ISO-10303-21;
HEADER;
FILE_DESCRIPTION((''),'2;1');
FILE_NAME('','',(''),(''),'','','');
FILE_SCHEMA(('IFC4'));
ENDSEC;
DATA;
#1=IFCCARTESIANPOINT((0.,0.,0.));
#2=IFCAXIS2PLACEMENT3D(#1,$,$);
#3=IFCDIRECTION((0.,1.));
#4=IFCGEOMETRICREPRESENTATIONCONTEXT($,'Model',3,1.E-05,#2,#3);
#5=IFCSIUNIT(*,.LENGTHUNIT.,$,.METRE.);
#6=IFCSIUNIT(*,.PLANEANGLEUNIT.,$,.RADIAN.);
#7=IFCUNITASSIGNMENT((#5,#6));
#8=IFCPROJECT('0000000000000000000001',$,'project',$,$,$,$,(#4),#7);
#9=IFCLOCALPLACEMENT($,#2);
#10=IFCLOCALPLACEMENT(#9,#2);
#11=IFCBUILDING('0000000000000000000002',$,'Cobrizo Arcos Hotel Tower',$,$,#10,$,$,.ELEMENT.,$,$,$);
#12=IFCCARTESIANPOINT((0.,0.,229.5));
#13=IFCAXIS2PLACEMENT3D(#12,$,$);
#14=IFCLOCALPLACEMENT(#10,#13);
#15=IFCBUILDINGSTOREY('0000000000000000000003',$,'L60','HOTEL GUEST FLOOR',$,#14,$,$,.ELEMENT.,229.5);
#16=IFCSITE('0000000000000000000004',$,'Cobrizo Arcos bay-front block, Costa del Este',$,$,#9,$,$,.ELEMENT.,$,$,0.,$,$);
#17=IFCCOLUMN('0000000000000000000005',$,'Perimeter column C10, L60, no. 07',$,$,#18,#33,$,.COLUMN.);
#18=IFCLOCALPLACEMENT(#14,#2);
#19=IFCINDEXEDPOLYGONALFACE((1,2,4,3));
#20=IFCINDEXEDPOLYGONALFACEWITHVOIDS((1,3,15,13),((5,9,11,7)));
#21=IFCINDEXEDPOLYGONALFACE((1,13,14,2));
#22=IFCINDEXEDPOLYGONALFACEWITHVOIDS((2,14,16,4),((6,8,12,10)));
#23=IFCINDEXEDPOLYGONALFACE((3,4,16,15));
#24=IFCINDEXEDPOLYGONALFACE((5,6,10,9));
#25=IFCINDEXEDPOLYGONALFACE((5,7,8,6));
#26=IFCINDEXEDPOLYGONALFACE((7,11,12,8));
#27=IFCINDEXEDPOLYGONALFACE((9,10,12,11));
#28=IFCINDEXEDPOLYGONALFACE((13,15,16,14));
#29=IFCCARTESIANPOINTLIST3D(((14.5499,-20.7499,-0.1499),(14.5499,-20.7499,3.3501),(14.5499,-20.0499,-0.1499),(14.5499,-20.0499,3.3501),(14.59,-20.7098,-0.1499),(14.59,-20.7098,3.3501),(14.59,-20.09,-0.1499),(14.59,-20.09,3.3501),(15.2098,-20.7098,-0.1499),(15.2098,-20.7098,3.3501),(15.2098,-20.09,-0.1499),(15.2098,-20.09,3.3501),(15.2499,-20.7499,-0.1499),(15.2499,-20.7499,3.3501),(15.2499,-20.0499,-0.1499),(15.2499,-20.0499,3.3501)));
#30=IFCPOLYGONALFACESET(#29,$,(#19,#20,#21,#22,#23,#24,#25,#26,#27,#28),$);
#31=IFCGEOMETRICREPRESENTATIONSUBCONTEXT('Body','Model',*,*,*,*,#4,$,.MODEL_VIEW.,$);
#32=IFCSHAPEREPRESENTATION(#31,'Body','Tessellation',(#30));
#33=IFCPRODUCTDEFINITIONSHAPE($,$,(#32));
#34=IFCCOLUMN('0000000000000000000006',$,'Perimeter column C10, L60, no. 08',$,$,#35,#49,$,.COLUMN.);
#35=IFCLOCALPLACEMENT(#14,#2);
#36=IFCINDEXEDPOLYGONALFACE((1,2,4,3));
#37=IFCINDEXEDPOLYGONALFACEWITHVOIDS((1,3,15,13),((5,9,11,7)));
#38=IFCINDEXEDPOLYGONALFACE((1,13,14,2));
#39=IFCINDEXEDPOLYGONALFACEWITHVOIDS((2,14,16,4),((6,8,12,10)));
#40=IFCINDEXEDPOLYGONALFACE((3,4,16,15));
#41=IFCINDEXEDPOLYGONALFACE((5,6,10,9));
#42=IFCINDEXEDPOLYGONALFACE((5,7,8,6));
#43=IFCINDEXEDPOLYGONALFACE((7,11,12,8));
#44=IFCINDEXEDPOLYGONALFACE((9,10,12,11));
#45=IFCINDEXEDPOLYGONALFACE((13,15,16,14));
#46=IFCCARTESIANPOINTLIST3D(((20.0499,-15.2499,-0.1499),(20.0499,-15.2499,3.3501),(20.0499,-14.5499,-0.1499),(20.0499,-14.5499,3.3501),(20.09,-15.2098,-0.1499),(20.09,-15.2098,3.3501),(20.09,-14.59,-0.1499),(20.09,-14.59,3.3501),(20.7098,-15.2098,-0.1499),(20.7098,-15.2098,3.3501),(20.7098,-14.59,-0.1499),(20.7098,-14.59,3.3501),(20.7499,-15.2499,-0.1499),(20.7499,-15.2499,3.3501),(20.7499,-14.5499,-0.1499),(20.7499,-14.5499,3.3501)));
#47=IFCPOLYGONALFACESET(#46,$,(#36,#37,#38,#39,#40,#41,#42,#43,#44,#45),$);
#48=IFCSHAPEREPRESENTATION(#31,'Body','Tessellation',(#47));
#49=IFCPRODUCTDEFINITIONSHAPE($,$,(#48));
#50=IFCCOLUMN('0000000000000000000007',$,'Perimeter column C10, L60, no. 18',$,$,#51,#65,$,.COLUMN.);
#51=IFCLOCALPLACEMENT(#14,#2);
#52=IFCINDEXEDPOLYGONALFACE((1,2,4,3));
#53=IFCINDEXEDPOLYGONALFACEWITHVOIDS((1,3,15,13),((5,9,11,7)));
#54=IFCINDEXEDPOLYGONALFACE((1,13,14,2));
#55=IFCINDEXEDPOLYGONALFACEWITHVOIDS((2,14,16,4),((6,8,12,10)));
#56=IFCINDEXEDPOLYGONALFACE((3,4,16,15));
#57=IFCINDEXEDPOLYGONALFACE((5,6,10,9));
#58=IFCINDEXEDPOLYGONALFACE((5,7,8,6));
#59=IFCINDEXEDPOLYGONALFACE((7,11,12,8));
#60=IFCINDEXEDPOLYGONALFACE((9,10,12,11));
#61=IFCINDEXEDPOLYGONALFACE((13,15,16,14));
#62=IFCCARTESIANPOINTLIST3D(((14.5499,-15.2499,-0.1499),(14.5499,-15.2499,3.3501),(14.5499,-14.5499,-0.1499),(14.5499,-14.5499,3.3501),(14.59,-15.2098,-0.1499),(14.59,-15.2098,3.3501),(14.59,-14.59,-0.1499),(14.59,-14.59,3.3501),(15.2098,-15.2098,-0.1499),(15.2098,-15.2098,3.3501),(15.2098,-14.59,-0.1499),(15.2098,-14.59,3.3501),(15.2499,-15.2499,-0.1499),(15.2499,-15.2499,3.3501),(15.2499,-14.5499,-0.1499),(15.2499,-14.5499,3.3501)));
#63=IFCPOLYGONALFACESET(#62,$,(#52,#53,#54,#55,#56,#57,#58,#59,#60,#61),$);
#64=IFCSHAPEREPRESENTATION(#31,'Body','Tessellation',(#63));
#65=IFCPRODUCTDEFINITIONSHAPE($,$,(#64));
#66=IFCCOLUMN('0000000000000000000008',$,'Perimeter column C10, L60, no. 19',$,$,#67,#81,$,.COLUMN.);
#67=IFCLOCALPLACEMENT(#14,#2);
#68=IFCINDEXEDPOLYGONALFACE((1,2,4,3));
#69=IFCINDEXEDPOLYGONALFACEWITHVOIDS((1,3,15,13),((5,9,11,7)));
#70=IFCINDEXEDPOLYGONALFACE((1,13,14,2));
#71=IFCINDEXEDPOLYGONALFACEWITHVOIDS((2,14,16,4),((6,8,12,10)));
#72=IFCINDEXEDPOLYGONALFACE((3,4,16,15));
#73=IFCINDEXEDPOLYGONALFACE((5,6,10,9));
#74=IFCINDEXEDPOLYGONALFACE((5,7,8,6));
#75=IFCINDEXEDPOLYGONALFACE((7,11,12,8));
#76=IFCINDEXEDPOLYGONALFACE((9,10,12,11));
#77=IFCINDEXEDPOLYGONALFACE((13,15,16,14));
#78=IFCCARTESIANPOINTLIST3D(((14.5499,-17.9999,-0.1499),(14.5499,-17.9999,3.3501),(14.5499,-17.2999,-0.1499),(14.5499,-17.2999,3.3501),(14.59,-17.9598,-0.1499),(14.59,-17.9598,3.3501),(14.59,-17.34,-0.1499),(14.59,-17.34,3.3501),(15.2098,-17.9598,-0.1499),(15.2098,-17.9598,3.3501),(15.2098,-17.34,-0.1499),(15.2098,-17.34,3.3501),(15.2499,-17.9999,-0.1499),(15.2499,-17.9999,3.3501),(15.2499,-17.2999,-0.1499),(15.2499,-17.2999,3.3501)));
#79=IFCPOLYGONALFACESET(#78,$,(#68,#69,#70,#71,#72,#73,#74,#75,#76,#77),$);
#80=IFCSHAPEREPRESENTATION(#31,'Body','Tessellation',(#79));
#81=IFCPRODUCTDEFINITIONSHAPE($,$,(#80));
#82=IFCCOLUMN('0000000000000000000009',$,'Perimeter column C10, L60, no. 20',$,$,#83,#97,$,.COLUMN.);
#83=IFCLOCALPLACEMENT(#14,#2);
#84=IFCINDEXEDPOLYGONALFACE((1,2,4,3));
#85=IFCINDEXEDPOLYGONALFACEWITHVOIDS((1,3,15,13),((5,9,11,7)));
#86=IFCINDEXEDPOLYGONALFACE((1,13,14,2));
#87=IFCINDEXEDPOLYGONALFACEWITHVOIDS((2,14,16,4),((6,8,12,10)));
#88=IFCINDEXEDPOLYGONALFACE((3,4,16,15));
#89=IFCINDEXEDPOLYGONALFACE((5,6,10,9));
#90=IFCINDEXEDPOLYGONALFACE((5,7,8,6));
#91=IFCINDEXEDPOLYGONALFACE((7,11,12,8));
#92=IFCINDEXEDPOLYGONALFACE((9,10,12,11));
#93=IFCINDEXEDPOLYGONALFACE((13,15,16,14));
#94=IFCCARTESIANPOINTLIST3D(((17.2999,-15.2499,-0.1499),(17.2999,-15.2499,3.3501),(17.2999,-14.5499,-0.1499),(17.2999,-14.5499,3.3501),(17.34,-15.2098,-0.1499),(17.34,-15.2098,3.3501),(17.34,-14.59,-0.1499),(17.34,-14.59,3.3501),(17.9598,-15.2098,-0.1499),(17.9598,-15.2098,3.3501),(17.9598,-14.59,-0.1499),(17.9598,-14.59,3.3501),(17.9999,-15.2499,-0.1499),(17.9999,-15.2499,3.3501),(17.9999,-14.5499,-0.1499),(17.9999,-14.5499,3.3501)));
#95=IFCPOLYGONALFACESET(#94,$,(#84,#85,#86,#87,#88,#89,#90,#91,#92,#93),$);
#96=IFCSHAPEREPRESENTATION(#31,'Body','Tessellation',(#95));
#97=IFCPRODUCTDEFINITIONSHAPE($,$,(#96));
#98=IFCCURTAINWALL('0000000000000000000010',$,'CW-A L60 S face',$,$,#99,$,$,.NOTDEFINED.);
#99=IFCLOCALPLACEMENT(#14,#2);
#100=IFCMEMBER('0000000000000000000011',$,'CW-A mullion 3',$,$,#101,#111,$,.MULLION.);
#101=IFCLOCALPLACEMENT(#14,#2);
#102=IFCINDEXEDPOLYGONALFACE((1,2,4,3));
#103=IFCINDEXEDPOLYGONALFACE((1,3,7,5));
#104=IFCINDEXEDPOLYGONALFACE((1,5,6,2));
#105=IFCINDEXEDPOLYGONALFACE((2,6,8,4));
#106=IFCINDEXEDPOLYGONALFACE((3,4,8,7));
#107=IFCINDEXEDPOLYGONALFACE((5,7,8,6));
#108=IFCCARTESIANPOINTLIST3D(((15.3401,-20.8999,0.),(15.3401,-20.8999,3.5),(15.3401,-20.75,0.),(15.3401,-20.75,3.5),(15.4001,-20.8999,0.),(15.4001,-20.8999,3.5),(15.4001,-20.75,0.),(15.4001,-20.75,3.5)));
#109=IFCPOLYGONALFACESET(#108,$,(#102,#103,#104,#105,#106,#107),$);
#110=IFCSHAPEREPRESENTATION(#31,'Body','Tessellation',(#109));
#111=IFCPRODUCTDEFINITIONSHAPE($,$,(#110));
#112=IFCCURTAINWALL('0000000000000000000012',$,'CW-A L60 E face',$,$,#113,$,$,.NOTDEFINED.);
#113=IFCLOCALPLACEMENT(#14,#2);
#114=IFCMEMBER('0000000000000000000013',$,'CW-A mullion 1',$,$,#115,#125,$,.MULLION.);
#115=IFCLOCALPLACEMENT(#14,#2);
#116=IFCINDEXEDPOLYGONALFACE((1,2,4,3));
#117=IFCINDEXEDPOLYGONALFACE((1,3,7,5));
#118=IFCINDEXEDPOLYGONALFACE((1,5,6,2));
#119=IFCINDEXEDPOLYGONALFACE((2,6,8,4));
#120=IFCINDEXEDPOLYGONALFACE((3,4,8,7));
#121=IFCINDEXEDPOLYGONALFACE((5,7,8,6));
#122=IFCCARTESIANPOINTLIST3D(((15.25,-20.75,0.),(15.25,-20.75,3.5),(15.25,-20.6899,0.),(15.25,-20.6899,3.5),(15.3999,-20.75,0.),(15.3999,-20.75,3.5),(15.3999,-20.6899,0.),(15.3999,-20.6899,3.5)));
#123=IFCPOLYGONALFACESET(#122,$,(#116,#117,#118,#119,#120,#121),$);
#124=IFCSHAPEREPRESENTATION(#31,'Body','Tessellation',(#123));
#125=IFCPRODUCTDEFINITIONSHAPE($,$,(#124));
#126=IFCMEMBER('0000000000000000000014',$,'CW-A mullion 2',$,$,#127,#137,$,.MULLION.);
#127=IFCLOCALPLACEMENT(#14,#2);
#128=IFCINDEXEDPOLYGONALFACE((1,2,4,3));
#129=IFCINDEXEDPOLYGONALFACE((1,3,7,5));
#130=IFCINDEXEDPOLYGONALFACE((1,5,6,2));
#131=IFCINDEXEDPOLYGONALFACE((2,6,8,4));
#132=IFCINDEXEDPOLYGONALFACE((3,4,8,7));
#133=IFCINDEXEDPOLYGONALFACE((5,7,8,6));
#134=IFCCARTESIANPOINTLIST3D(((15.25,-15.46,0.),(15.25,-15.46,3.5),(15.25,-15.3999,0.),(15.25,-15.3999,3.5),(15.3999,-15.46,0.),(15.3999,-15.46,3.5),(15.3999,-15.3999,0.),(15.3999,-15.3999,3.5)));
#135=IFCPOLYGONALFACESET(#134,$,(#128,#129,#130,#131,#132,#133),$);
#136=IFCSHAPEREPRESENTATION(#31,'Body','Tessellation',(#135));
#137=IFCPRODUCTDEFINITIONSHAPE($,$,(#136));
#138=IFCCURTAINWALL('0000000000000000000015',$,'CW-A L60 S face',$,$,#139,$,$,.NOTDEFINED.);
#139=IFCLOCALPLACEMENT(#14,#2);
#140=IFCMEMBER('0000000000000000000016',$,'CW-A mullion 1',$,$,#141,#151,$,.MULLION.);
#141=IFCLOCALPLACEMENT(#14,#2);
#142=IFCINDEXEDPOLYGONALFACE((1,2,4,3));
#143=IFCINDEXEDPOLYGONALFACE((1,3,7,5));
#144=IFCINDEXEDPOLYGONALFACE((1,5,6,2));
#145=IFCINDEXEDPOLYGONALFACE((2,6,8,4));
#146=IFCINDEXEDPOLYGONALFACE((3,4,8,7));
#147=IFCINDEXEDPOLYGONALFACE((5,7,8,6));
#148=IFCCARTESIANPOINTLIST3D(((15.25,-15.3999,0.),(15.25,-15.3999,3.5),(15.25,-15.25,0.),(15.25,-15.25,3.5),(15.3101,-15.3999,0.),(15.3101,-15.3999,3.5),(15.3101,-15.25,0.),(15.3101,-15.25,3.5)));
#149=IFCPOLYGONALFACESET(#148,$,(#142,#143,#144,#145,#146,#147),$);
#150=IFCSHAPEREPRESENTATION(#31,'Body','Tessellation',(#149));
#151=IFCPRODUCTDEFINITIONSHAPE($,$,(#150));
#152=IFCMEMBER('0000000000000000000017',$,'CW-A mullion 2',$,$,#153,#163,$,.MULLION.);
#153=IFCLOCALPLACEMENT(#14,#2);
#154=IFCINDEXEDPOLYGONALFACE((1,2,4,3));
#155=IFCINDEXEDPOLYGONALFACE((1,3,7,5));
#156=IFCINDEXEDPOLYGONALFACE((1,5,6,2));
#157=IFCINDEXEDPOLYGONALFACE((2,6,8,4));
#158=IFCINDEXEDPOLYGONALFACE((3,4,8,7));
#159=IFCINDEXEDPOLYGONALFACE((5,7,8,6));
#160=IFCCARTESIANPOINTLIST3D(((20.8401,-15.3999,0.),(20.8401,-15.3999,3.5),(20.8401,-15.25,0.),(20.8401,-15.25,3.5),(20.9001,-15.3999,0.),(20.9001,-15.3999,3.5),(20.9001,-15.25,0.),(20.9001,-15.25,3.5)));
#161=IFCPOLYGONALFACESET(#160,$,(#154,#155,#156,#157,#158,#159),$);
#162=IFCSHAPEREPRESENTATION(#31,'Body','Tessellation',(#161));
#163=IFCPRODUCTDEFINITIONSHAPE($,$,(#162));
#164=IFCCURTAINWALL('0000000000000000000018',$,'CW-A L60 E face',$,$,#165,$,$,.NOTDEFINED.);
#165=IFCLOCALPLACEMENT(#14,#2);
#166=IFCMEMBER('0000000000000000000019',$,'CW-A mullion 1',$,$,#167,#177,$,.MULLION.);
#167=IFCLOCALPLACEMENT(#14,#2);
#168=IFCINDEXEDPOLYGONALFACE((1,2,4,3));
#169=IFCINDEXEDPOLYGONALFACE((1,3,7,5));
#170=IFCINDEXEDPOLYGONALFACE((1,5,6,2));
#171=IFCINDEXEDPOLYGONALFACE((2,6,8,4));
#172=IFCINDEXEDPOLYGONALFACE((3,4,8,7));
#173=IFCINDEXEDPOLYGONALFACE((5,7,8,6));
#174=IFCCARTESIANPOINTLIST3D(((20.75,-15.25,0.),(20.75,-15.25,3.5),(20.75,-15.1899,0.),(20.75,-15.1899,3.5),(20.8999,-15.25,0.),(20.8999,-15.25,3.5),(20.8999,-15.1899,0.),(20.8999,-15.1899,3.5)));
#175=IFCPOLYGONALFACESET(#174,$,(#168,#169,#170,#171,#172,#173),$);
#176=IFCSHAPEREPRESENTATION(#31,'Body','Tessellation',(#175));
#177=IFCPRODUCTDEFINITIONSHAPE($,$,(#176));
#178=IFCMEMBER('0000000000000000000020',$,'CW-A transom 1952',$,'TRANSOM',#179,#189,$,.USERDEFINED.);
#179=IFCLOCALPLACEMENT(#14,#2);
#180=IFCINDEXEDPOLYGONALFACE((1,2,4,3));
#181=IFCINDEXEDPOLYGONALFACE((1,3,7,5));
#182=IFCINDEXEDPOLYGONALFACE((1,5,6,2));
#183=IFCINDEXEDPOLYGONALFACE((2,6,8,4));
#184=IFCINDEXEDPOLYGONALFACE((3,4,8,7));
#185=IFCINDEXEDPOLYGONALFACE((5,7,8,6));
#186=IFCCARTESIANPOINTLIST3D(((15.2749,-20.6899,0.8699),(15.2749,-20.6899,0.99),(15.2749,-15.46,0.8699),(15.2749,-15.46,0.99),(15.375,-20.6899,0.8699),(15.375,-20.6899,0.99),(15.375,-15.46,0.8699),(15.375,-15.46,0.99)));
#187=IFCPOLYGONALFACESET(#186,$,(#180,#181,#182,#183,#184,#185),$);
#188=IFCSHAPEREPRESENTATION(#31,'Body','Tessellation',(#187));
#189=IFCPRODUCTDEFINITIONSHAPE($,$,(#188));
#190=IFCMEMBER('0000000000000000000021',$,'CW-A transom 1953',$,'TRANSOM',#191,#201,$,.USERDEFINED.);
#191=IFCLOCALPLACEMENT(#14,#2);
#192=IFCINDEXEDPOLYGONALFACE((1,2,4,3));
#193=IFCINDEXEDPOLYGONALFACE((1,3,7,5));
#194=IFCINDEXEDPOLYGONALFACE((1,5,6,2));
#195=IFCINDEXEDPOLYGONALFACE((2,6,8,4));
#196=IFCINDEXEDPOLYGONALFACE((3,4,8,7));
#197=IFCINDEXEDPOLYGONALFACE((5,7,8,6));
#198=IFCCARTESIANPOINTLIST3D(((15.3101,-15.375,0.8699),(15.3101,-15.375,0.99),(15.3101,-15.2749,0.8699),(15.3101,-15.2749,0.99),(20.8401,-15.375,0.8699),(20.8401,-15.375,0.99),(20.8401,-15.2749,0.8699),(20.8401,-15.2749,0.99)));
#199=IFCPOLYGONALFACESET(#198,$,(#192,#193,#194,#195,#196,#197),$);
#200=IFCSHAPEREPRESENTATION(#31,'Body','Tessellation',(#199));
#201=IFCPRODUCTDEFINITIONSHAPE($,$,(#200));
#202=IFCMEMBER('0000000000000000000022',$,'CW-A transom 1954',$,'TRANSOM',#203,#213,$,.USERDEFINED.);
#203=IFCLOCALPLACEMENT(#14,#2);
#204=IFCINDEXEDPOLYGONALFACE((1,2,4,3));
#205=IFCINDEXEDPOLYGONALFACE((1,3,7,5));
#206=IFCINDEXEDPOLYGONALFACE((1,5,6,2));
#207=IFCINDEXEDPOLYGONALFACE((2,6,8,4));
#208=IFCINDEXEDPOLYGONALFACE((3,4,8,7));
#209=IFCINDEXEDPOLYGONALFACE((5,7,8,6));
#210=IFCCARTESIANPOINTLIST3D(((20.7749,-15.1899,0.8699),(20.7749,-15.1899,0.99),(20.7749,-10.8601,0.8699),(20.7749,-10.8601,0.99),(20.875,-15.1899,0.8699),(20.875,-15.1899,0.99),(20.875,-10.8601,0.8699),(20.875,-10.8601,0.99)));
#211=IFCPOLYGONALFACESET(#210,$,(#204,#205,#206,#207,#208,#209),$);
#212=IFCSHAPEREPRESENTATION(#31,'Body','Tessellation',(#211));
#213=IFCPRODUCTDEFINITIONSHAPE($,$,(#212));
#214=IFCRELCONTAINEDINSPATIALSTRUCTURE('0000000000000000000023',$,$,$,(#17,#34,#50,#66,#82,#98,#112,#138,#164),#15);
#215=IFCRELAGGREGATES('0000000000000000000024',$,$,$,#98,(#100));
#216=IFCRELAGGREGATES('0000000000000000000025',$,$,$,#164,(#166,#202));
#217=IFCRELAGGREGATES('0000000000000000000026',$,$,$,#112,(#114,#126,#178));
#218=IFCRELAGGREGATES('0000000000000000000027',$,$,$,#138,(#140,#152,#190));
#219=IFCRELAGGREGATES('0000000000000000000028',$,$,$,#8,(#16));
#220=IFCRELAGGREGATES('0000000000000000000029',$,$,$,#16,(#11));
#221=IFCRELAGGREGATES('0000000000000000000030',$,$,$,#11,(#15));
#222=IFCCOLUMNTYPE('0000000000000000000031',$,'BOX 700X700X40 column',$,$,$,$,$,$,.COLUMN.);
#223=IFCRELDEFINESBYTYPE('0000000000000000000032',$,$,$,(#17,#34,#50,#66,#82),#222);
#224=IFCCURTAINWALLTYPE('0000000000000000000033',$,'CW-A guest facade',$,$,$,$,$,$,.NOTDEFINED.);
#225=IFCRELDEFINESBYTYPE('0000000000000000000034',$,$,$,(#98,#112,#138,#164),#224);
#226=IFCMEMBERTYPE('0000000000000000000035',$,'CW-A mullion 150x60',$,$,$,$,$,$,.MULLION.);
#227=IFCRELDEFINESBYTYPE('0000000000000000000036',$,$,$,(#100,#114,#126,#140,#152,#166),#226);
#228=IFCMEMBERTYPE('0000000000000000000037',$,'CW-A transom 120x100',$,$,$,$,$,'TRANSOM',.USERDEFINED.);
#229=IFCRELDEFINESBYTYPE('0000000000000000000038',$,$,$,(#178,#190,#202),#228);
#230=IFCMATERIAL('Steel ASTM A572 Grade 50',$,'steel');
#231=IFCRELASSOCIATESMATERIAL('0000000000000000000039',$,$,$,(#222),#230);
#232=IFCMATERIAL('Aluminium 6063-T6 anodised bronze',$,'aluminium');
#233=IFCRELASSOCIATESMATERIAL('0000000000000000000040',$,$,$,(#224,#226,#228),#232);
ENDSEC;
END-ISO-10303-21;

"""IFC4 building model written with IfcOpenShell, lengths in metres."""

from ifc_helpers import new_model, si_unit, direction, frame, origin, origin_2d, place, context, subcontext, project, spatial, rectangle, hollow_rectangle, extrude, material, material_profile, profile_set, type_object, element, aggregate, save


model = new_model("IFC4")

# Units and contexts
model_context = context("Model", 3, precision=1e-05, world=origin(), true_north=direction((0.0, 1.0)))
body_context = subcontext(model_context, "Body", "Model", "MODEL_VIEW")
ifc_project = project(units=[si_unit("LENGTHUNIT", "METRE"), si_unit("PLANEANGLEUNIT", "RADIAN")], contexts=[model_context])

# Site, building, storey
site_placement = place(None, origin())
site = spatial("IfcSite", under=ifc_project, at=site_placement, Name="Cobrizo Arcos bay-front block, Costa del Este", CompositionType="ELEMENT", RefElevation=0.0)
building_placement = place(site_placement, origin())
building = spatial("IfcBuilding", under=site, at=building_placement, Name="Cobrizo Arcos Hotel Tower", CompositionType="ELEMENT")
storey_placement = place(building_placement, frame((0.0, 0.0, 229.5)))
storey = spatial("IfcBuildingStorey", under=building, at=storey_placement, Name="L60", Description="HOTEL GUEST FLOOR", CompositionType="ELEMENT", Elevation=229.5)

# Columns
ifc_material_1 = material(Name="Steel ASTM A572 Grade 50", Category="steel")
ifc_material_profile_1 = material_profile(ifc_material_1, hollow_rectangle(XDim=0.7, YDim=0.7, WallThickness=0.04, at=origin_2d()), Name="BOX 700X700X40")
ifc_profile_set_1 = profile_set([ifc_material_profile_1], Name="Steel ASTM A572 Grade 50")
column_type = type_object("IfcColumnType", Name="BOX 700X700X40 column", PredefinedType="COLUMN", material=ifc_profile_set_1)
for number, where, z_axis, x_axis, name in (
    (1, (14.8999, -20.3999, -0.1499), (0.0, 0.0, 1.0), (1.0, 0.0, 0.0), "Perimeter column C10, L60, no. 07"),
    (2, (20.3999, -14.8999, -0.1499), (0.0, 0.0, 1.0), (1.0, 0.0, 0.0), "Perimeter column C10, L60, no. 08"),
    (3, (14.8999, -14.8999, -0.1499), (0.0, 0.0, 1.0), (1.0, 0.0, 0.0), "Perimeter column C10, L60, no. 18"),
    (4, (14.8999, -17.6499, -0.1499), (0.0, 0.0, 1.0), (1.0, 0.0, 0.0), "Perimeter column C10, L60, no. 19"),
    (5, (17.6499, -14.8999, -0.1499), (0.0, 0.0, 1.0), (1.0, 0.0, 0.0), "Perimeter column C10, L60, no. 20"),
):
    element("IfcColumn", number, at=place(storey_placement, frame(where, z_axis=z_axis, x_axis=x_axis)), inside=storey, type_object=column_type, Name=name, PredefinedType="COLUMN", context=body_context, shape_type="SweptSolid", body=[
        extrude(hollow_rectangle(XDim=0.7, YDim=0.7, WallThickness=0.04, at=origin_2d()), origin(), (0.0, 0.0, 1.0), 3.5),
    ])

# Curtain wall, member
ifc_material_2 = material(Name="Aluminium 6063-T6 anodised bronze", Category="aluminium")
curtain_wall_type = type_object("IfcCurtainWallType", Name="CW-A guest facade", PredefinedType="NOTDEFINED", material=ifc_material_2)
curtain_wall_1_placement = place(storey_placement, origin())
curtain_wall_1 = element("IfcCurtainWall", 6, at=curtain_wall_1_placement, inside=storey, type_object=curtain_wall_type, Name="CW-A L60 S face", PredefinedType="NOTDEFINED")
ifc_material_profile_2 = material_profile(ifc_material_2, rectangle(XDim=0.1499, YDim=0.0601, at=origin_2d()), Name="CW-A mullion 150x60")
ifc_profile_set_2 = profile_set([ifc_material_profile_2], Name="Aluminium 6063-T6 anodised bronze")
member_type_1 = type_object("IfcMemberType", Name="CW-A mullion 150x60", PredefinedType="MULLION", material=ifc_profile_set_2)
member_1_placement = place(storey_placement, frame((15.3701, -20.825, 0.0), z_axis=(0.0, 0.0, 1.0), x_axis=(0.0, -1.0, 0.0)))
member_1 = element("IfcMember", 7, at=member_1_placement, type_object=member_type_1, Name="CW-A mullion 3", PredefinedType="MULLION", context=body_context, shape_type="SweptSolid", body=[
    extrude(rectangle(XDim=0.1499, YDim=0.0601, at=origin_2d()), origin(), (0.0, 0.0, 1.0), 3.5),
])
aggregate(curtain_wall_1, [member_1])

# Curtain walls, members
curtain_wall_2_placement = place(storey_placement, origin())
curtain_wall_2 = element("IfcCurtainWall", 8, at=curtain_wall_2_placement, inside=storey, type_object=curtain_wall_type, Name="CW-A L60 E face", PredefinedType="NOTDEFINED")
member_2_placement = place(storey_placement, frame((15.325, -20.72, 0.0), z_axis=(0.0, 0.0, 1.0), x_axis=(1.0, 0.0, 0.0)))
member_2 = element("IfcMember", 9, at=member_2_placement, type_object=member_type_1, Name="CW-A mullion 1", PredefinedType="MULLION", context=body_context, shape_type="SweptSolid", body=[
    extrude(rectangle(XDim=0.1499, YDim=0.0601, at=origin_2d()), origin(), (0.0, 0.0, 1.0), 3.5),
])
member_3_placement = place(storey_placement, frame((15.325, -15.4299, 0.0), z_axis=(0.0, 0.0, 1.0), x_axis=(1.0, 0.0, 0.0)))
member_3 = element("IfcMember", 10, at=member_3_placement, type_object=member_type_1, Name="CW-A mullion 2", PredefinedType="MULLION", context=body_context, shape_type="SweptSolid", body=[
    extrude(rectangle(XDim=0.1499, YDim=0.0601, at=origin_2d()), origin(), (0.0, 0.0, 1.0), 3.5),
])
curtain_wall_3_placement = place(storey_placement, origin())
curtain_wall_3 = element("IfcCurtainWall", 11, at=curtain_wall_3_placement, inside=storey, type_object=curtain_wall_type, Name="CW-A L60 S face", PredefinedType="NOTDEFINED")
member_4_placement = place(storey_placement, frame((15.28, -15.325, 0.0), z_axis=(0.0, 0.0, 1.0), x_axis=(0.0, -1.0, 0.0)))
member_4 = element("IfcMember", 12, at=member_4_placement, type_object=member_type_1, Name="CW-A mullion 1", PredefinedType="MULLION", context=body_context, shape_type="SweptSolid", body=[
    extrude(rectangle(XDim=0.1499, YDim=0.0601, at=origin_2d()), origin(), (0.0, 0.0, 1.0), 3.5),
])
member_5_placement = place(storey_placement, frame((20.8701, -15.325, 0.0), z_axis=(0.0, 0.0, 1.0), x_axis=(0.0, -1.0, 0.0)))
member_5 = element("IfcMember", 13, at=member_5_placement, type_object=member_type_1, Name="CW-A mullion 2", PredefinedType="MULLION", context=body_context, shape_type="SweptSolid", body=[
    extrude(rectangle(XDim=0.1499, YDim=0.0601, at=origin_2d()), origin(), (0.0, 0.0, 1.0), 3.5),
])

# Curtain wall, member
curtain_wall_4_placement = place(storey_placement, origin())
curtain_wall_4 = element("IfcCurtainWall", 14, at=curtain_wall_4_placement, inside=storey, type_object=curtain_wall_type, Name="CW-A L60 E face", PredefinedType="NOTDEFINED")
member_6_placement = place(storey_placement, frame((20.825, -15.22, 0.0), z_axis=(0.0, 0.0, 1.0), x_axis=(1.0, 0.0, 0.0)))
member_6 = element("IfcMember", 15, at=member_6_placement, type_object=member_type_1, Name="CW-A mullion 1", PredefinedType="MULLION", context=body_context, shape_type="SweptSolid", body=[
    extrude(rectangle(XDim=0.1499, YDim=0.0601, at=origin_2d()), origin(), (0.0, 0.0, 1.0), 3.5),
])

# Members
ifc_material_profile_3 = material_profile(ifc_material_2, rectangle(XDim=0.1001, YDim=0.1201, at=origin_2d()), Name="CW-A transom 120x100")
ifc_profile_set_3 = profile_set([ifc_material_profile_3], Name="Aluminium 6063-T6 anodised bronze")
member_type_2 = type_object("IfcMemberType", Name="CW-A transom 120x100", ElementType="TRANSOM", PredefinedType="USERDEFINED", material=ifc_profile_set_3)
member_7_placement = place(storey_placement, frame((15.325, -20.6899, 0.9299), z_axis=(0.0, 1.0, 0.0), x_axis=(-1.0, 0.0, 0.0)))
member_7 = element("IfcMember", 16, at=member_7_placement, type_object=member_type_2, Name="CW-A transom 1952", ObjectType="TRANSOM", PredefinedType="USERDEFINED", context=body_context, shape_type="SweptSolid", body=[
    extrude(rectangle(XDim=0.1001, YDim=0.1201, at=origin_2d()), origin(), (0.0, 0.0, 1.0), 5.23),
])
member_8_placement = place(storey_placement, frame((15.3101, -15.325, 0.9299), z_axis=(1.0, 0.0, 0.0), x_axis=(0.0, 1.0, 0.0)))
member_8 = element("IfcMember", 17, at=member_8_placement, type_object=member_type_2, Name="CW-A transom 1953", ObjectType="TRANSOM", PredefinedType="USERDEFINED", context=body_context, shape_type="SweptSolid", body=[
    extrude(rectangle(XDim=0.1001, YDim=0.1201, at=origin_2d()), origin(), (0.0, 0.0, 1.0), 5.53),
])
member_9_placement = place(storey_placement, frame((20.825, -15.1899, 0.9299), z_axis=(0.0, 1.0, 0.0), x_axis=(-1.0, 0.0, 0.0)))
member_9 = element("IfcMember", 18, at=member_9_placement, type_object=member_type_2, Name="CW-A transom 1954", ObjectType="TRANSOM", PredefinedType="USERDEFINED", context=body_context, shape_type="SweptSolid", body=[
    extrude(rectangle(XDim=0.1001, YDim=0.1201, at=origin_2d()), origin(), (0.0, 0.0, 1.0), 4.3298),
])
aggregate(curtain_wall_4, [member_6, member_9])

aggregate(curtain_wall_2, [member_2, member_3, member_7])
aggregate(curtain_wall_3, [member_4, member_5, member_8])

save(model, "model.ifc")
